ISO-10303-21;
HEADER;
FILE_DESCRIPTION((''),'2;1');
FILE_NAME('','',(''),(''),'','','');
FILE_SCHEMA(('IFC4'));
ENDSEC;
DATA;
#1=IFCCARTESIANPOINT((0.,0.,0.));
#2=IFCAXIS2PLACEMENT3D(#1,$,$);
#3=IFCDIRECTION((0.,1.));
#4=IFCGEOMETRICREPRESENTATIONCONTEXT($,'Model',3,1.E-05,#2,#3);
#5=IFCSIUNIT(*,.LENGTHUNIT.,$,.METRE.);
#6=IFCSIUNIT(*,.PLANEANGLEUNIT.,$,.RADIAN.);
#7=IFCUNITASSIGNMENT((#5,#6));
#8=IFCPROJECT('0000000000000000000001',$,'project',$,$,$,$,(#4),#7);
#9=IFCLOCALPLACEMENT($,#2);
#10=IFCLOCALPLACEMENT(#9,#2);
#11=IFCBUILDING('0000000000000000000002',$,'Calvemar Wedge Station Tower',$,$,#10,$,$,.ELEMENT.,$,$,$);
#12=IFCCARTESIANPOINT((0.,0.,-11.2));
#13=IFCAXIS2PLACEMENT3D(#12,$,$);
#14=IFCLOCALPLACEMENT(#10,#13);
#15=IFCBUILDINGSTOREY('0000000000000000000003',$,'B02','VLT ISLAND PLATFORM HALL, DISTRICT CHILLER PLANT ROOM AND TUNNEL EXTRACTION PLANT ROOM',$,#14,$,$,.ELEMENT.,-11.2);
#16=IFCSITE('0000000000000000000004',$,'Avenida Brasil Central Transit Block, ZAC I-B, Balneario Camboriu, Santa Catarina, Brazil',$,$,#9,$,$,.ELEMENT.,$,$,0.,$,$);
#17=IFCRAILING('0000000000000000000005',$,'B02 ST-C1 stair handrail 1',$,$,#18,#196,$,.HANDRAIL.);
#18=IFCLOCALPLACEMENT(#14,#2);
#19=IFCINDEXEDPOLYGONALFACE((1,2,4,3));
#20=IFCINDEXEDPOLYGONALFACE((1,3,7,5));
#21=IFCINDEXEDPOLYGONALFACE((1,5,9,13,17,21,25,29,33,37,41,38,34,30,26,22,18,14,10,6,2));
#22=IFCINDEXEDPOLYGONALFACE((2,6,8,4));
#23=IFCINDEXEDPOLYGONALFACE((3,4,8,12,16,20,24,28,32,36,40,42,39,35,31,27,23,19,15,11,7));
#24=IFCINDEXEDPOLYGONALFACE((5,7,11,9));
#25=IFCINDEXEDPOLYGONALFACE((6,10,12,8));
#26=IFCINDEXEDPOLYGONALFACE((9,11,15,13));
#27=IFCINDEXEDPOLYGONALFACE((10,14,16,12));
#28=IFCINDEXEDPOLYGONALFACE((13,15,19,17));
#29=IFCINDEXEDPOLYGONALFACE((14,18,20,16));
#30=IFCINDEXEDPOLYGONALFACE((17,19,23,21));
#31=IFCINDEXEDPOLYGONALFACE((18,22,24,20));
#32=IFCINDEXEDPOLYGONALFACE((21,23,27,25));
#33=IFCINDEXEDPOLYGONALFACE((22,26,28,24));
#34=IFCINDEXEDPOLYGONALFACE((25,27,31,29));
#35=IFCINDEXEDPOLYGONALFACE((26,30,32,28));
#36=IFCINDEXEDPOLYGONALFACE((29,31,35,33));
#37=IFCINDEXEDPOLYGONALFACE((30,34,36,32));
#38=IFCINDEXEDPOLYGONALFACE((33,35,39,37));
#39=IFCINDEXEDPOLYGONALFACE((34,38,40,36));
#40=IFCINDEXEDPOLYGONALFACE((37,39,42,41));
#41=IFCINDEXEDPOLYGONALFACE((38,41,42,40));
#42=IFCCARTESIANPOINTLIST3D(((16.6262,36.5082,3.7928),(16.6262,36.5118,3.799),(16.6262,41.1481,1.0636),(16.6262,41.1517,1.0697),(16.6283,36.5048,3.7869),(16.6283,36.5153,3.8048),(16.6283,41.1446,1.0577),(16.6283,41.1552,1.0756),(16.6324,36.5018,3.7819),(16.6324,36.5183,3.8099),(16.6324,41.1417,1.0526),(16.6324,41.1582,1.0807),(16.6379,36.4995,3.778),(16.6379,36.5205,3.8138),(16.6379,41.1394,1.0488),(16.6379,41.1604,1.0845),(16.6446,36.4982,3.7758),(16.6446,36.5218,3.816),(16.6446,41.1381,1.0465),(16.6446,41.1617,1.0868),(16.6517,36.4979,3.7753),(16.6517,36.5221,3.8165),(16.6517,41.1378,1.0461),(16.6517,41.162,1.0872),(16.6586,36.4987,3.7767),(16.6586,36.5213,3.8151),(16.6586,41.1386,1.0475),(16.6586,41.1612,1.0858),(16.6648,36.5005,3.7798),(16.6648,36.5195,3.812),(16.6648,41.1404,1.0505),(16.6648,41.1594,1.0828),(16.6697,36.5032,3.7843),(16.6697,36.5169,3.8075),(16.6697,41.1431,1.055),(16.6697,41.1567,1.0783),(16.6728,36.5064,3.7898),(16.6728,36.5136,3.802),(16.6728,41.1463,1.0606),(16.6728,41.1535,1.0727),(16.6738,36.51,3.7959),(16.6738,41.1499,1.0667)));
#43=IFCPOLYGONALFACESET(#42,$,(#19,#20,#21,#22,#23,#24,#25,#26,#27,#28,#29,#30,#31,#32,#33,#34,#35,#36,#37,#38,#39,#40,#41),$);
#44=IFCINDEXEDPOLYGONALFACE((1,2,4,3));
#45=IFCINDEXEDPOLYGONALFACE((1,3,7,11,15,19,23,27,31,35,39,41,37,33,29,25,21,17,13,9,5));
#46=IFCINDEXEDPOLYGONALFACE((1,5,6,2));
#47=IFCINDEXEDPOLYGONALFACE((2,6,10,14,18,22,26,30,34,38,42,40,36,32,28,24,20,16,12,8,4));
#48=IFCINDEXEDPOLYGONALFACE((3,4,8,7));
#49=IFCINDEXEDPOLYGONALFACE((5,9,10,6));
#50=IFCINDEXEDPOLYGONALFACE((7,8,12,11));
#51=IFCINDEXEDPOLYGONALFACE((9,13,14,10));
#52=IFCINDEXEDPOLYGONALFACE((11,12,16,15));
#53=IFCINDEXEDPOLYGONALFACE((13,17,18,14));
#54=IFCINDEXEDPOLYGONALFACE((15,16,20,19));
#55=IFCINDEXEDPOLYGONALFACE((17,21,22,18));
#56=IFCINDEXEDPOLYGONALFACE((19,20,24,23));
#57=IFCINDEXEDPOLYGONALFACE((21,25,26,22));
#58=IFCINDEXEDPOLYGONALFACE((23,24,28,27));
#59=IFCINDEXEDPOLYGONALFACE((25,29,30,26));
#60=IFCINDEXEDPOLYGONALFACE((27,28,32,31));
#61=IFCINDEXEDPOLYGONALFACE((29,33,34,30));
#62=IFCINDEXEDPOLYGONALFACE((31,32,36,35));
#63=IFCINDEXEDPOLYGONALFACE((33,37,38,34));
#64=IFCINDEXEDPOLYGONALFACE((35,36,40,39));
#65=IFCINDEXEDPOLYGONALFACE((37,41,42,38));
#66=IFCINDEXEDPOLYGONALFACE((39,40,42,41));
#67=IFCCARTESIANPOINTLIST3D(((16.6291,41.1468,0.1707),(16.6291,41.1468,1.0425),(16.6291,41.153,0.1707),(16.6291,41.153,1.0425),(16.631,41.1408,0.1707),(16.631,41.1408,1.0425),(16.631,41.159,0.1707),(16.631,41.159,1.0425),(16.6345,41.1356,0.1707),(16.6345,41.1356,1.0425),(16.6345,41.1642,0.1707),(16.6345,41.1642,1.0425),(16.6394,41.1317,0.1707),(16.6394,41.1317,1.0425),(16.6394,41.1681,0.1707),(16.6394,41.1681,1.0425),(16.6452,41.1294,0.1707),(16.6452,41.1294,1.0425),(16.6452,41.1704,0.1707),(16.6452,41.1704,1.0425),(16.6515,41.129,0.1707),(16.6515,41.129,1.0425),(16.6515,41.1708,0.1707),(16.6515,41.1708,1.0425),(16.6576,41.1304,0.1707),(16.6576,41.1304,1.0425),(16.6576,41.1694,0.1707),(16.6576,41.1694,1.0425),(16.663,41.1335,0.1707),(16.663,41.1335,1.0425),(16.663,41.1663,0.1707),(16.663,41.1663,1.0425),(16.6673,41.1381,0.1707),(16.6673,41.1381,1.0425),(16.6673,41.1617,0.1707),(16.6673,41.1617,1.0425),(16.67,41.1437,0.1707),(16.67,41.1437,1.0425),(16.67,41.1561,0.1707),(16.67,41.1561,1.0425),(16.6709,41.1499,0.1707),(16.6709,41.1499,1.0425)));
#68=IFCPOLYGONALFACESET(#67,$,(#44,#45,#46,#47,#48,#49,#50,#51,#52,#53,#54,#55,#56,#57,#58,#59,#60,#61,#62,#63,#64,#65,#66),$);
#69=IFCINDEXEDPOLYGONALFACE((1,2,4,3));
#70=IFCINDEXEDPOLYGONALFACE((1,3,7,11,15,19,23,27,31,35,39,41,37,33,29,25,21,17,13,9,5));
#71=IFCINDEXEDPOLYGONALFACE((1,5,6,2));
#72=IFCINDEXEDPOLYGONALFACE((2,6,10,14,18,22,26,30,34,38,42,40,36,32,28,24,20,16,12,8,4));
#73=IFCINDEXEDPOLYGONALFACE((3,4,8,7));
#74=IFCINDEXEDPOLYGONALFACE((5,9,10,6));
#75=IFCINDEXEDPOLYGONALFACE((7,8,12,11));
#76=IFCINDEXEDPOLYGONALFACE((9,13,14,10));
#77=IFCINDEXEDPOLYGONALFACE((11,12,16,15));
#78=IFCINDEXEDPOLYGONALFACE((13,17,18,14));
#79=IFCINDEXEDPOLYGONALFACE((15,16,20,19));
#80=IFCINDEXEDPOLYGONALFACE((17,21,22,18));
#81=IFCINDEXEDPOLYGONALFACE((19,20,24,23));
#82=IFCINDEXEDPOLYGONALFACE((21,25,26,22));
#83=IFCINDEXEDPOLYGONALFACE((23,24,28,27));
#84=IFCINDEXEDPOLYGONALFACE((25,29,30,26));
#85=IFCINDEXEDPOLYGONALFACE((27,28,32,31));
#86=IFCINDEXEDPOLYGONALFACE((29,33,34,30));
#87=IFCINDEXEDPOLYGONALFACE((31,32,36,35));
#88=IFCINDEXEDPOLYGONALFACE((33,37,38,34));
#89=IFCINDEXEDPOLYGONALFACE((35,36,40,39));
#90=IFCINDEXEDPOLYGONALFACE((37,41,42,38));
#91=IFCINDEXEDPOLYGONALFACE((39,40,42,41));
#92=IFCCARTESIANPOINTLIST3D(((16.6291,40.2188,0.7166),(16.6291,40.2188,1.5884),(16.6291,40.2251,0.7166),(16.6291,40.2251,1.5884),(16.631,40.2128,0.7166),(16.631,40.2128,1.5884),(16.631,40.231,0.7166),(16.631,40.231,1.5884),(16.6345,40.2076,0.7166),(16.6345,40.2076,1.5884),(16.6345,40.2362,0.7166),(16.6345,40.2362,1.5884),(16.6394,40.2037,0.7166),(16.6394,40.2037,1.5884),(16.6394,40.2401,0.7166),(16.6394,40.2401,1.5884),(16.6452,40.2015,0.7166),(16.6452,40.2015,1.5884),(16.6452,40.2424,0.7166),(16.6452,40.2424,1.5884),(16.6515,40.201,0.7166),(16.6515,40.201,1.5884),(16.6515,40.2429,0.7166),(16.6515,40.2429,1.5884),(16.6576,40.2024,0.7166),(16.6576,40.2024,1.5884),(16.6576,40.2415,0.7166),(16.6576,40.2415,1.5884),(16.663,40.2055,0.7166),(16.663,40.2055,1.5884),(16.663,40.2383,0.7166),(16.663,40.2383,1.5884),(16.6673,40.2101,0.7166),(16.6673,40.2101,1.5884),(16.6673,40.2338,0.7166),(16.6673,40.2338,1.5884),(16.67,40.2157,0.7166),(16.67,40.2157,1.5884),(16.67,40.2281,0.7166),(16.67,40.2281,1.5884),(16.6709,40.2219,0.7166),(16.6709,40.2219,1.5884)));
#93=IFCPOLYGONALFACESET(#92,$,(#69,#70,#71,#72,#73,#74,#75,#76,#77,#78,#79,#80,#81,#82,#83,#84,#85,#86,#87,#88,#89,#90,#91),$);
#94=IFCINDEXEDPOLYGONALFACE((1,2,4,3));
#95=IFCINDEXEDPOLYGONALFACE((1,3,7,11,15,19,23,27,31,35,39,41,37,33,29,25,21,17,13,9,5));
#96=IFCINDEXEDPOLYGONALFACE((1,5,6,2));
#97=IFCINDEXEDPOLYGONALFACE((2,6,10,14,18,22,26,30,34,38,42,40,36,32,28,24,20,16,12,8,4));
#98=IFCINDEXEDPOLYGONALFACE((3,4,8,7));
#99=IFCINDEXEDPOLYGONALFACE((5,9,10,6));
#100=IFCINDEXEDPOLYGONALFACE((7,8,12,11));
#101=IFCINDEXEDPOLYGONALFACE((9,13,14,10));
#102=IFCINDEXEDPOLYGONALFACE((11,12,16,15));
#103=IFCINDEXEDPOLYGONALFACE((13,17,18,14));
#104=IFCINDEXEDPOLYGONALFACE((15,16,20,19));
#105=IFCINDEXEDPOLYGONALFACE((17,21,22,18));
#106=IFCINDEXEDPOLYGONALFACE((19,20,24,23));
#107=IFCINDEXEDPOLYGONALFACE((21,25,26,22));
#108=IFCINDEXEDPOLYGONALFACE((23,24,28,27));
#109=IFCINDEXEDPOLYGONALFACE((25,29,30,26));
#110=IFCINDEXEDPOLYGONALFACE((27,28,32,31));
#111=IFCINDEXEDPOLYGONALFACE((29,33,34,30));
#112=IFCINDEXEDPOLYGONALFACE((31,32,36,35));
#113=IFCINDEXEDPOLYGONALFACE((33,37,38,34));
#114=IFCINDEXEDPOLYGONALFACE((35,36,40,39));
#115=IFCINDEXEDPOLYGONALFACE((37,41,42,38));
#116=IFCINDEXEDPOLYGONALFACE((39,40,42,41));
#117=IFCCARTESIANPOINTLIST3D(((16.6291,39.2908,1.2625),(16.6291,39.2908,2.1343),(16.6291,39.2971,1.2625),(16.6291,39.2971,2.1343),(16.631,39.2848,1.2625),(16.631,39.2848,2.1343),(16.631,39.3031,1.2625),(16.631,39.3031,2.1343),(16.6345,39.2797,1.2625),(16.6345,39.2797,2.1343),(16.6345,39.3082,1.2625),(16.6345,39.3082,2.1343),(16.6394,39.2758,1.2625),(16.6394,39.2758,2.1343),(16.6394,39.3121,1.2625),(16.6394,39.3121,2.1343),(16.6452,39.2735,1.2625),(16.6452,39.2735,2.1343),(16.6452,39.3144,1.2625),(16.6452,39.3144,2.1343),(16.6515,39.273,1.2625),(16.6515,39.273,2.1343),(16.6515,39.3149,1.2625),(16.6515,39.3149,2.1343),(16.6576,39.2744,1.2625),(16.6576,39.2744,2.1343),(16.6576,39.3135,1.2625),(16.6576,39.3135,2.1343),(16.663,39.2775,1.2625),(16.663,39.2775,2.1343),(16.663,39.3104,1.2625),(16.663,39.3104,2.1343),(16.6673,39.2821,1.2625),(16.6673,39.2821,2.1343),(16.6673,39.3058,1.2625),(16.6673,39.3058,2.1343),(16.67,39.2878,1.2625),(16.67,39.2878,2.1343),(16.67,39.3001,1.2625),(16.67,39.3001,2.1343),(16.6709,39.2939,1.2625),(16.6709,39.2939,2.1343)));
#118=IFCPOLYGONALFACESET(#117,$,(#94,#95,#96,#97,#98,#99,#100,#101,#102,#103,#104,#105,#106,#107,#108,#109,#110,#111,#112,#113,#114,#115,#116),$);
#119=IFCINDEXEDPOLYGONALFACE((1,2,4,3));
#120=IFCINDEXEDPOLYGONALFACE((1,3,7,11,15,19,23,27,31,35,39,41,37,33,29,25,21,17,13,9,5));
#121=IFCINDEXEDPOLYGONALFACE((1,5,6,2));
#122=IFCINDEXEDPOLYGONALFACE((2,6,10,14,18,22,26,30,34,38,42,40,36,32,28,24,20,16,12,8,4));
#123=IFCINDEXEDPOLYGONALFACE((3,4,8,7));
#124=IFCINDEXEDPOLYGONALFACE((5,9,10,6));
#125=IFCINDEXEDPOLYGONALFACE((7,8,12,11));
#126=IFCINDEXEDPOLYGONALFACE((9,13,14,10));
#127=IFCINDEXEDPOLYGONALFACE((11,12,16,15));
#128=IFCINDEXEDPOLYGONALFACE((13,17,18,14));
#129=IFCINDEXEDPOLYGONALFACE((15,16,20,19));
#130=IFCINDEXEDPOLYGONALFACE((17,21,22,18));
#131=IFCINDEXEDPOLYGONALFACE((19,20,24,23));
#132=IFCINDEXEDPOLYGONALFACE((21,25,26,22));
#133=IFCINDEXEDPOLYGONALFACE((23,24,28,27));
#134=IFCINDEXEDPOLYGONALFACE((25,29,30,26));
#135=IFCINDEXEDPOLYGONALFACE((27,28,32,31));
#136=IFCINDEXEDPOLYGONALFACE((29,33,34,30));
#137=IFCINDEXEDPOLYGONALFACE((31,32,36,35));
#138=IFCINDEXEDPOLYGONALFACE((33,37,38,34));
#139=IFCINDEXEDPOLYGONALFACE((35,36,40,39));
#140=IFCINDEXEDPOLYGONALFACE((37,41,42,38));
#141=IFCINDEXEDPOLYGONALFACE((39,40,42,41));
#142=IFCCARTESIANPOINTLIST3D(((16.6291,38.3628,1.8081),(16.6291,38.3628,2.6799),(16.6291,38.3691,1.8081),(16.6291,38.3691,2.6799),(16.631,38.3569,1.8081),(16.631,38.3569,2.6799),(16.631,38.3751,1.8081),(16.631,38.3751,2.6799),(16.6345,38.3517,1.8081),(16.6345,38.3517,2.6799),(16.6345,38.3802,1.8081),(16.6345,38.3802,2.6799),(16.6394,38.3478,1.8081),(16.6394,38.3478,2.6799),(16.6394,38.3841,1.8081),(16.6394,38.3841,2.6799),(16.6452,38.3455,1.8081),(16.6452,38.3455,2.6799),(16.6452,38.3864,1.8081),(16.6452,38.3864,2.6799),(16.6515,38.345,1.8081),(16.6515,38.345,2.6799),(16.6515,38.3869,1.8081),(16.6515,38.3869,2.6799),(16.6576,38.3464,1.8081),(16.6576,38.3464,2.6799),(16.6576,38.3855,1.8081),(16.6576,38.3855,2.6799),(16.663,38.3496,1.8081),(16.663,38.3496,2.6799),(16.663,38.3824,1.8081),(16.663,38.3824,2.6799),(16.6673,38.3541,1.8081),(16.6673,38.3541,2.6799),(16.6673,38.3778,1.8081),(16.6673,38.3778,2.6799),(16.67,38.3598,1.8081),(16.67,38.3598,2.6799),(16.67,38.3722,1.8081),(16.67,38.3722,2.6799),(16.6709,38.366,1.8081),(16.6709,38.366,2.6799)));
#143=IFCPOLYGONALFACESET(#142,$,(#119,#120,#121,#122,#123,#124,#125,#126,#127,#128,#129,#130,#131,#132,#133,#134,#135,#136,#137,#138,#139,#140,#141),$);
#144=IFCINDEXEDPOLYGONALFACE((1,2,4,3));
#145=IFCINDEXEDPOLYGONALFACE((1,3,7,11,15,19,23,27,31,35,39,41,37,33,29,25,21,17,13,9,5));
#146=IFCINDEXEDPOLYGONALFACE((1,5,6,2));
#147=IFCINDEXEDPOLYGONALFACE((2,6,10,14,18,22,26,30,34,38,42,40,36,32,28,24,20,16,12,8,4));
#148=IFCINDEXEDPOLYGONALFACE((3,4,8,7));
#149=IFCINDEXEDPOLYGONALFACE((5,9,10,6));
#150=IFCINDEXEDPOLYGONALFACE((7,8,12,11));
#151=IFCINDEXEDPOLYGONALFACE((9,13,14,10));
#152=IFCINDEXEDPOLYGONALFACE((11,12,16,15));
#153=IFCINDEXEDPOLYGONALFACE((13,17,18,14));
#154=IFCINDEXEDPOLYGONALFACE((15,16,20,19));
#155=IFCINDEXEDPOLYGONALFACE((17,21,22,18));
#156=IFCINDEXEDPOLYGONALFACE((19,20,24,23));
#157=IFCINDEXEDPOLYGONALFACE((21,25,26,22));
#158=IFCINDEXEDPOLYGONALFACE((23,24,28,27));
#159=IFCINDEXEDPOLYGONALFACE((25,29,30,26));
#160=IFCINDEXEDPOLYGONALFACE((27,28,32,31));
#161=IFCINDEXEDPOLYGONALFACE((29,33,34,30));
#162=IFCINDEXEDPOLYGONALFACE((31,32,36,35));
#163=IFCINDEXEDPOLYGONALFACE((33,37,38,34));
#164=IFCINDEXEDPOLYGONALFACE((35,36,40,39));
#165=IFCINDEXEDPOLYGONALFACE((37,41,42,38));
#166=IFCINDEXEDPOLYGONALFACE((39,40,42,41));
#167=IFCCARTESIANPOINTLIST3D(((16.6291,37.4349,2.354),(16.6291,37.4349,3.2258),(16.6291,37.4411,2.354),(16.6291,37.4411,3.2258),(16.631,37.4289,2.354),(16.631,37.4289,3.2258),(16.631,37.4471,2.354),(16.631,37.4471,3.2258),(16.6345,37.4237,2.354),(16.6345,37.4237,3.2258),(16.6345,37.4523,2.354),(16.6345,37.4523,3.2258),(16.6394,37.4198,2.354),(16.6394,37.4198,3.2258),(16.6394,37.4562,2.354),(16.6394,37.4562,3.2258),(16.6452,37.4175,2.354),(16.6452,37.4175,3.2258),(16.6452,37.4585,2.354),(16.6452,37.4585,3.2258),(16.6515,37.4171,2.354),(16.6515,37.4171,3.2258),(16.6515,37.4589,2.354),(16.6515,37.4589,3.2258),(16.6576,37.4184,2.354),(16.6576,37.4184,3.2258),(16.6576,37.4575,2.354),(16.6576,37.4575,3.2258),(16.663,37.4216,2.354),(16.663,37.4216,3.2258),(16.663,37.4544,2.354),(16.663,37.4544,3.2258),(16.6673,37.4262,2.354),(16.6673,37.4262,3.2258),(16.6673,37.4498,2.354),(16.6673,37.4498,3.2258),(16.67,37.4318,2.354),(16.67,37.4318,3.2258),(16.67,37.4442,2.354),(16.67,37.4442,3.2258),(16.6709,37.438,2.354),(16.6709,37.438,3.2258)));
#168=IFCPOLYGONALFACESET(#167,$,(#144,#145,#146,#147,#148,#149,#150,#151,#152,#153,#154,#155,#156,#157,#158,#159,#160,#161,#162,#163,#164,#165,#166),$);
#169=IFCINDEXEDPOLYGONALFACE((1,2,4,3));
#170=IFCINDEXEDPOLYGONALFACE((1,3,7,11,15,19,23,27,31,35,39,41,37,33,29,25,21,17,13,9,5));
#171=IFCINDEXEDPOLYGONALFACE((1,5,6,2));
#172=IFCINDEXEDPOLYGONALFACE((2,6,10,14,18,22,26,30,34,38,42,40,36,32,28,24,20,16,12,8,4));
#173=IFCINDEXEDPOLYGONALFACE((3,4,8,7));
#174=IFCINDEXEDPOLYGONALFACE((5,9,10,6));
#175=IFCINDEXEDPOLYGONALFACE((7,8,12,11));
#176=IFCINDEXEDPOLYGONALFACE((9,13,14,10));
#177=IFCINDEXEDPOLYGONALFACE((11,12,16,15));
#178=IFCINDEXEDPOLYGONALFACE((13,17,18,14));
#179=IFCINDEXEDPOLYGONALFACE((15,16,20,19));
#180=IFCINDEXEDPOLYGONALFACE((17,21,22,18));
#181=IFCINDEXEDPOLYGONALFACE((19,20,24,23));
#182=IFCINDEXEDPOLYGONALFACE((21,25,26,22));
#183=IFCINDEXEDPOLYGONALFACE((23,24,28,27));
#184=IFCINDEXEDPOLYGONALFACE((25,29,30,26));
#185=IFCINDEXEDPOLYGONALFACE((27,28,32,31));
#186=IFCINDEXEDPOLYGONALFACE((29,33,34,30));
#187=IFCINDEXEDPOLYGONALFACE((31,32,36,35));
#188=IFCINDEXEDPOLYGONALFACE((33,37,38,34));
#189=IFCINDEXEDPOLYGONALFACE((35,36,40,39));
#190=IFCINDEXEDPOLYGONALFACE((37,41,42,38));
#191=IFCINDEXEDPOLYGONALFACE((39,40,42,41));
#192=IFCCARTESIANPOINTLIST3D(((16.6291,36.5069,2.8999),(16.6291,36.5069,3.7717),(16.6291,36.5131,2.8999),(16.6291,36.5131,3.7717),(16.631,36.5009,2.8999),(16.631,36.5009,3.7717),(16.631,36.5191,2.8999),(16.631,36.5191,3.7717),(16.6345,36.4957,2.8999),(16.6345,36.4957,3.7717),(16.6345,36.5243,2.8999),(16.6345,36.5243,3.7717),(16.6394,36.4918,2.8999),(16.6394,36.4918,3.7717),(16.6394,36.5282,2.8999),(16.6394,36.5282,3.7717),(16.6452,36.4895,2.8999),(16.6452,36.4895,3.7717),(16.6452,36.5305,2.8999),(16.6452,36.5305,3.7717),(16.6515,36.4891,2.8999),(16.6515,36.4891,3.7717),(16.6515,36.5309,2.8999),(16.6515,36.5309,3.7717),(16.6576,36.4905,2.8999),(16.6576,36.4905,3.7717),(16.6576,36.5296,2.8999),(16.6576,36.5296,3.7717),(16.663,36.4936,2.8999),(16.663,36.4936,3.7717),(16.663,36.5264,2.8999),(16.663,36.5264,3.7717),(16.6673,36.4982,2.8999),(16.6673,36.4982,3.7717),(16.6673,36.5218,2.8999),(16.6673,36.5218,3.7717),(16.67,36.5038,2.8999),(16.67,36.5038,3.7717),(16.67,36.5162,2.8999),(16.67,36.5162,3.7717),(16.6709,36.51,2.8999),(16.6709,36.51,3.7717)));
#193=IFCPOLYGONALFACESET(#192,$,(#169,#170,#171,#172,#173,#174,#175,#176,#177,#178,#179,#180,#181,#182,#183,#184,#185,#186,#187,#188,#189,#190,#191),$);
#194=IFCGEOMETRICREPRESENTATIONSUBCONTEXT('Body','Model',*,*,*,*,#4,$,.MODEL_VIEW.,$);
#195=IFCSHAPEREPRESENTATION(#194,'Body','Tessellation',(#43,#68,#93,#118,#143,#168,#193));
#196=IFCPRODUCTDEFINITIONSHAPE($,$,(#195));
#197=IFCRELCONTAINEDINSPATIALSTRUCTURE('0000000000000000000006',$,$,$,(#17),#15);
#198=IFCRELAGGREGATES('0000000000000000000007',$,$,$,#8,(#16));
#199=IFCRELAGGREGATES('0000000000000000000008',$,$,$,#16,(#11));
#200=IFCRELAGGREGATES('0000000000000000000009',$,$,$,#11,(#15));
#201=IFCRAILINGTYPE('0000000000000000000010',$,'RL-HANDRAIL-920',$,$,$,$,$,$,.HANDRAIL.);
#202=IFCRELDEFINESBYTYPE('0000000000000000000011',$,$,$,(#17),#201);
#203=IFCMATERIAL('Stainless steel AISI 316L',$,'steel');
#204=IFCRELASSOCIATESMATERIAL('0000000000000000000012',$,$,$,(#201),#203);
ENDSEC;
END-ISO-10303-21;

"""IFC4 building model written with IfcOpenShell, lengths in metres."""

from ifc_helpers import new_model, si_unit, direction, frame, origin, origin_2d, place, context, subcontext, project, spatial, circle, extrude, material, type_object, element, save


model = new_model("IFC4")

# Units and contexts
model_context = context("Model", 3, precision=1e-05, world=origin(), true_north=direction((0.0, 1.0)))
body_context = subcontext(model_context, "Body", "Model", "MODEL_VIEW")
ifc_project = project(units=[si_unit("LENGTHUNIT", "METRE"), si_unit("PLANEANGLEUNIT", "RADIAN")], contexts=[model_context])

# Site, building, storey
site_placement = place(None, origin())
site = spatial("IfcSite", under=ifc_project, at=site_placement, Name="Avenida Brasil Central Transit Block, ZAC I-B, Balneario Camboriu, Santa Catarina, Brazil", CompositionType="ELEMENT", RefElevation=0.0)
building_placement = place(site_placement, origin())
building = spatial("IfcBuilding", under=site, at=building_placement, Name="Calvemar Wedge Station Tower", CompositionType="ELEMENT")
storey_placement = place(building_placement, frame((0.0, 0.0, -11.2)))
storey = spatial("IfcBuildingStorey", under=building, at=storey_placement, Name="B02", Description="VLT ISLAND PLATFORM HALL, DISTRICT CHILLER PLANT ROOM AND TUNNEL EXTRACTION PLANT ROOM", CompositionType="ELEMENT", Elevation=-11.2)

# Railing
ifc_material_1 = material(Name="Stainless steel AISI 316L", Category="steel")
railing_type = type_object("IfcRailingType", Name="RL-HANDRAIL-920", PredefinedType="HANDRAIL", material=ifc_material_1)
railing_placement = place(storey_placement, frame((16.6499, 41.1499, 0.1707)))
element("IfcRailing", 1, at=railing_placement, inside=storey, type_object=railing_type, Name="B02 ST-C1 stair handrail 1", PredefinedType="HANDRAIL", context=body_context, shape_type="SweptSolid", body=[
    extrude(circle(Radius=0.0239, at=origin_2d()), frame((0.0, 0.0, 0.896), z_axis=(0.0, -0.861942, 0.507006), x_axis=(1.0, 0.0, 0.0)), (0.0, 0.0, 1.0), 5.3831),
    extrude(circle(Radius=0.021, at=origin_2d()), origin(), (0.0, 0.0, 1.0), 0.8718),
    extrude(circle(Radius=0.021, at=origin_2d()), frame((0.0, -0.928, 0.5459)), (0.0, 0.0, 1.0), 0.8718),
    extrude(circle(Radius=0.021, at=origin_2d()), frame((0.0, -1.856, 1.0918)), (0.0, 0.0, 1.0), 0.8718),
    extrude(circle(Radius=0.021, at=origin_2d()), frame((0.0, -2.7839, 1.6375)), (0.0, 0.0, 1.0), 0.8718),
    extrude(circle(Radius=0.021, at=origin_2d()), frame((0.0, -3.7119, 2.1833)), (0.0, 0.0, 1.0), 0.8718),
    extrude(circle(Radius=0.021, at=origin_2d()), frame((0.0, -4.6399, 2.7292)), (0.0, 0.0, 1.0), 0.8718),
])

save(model, "model.ifc")
